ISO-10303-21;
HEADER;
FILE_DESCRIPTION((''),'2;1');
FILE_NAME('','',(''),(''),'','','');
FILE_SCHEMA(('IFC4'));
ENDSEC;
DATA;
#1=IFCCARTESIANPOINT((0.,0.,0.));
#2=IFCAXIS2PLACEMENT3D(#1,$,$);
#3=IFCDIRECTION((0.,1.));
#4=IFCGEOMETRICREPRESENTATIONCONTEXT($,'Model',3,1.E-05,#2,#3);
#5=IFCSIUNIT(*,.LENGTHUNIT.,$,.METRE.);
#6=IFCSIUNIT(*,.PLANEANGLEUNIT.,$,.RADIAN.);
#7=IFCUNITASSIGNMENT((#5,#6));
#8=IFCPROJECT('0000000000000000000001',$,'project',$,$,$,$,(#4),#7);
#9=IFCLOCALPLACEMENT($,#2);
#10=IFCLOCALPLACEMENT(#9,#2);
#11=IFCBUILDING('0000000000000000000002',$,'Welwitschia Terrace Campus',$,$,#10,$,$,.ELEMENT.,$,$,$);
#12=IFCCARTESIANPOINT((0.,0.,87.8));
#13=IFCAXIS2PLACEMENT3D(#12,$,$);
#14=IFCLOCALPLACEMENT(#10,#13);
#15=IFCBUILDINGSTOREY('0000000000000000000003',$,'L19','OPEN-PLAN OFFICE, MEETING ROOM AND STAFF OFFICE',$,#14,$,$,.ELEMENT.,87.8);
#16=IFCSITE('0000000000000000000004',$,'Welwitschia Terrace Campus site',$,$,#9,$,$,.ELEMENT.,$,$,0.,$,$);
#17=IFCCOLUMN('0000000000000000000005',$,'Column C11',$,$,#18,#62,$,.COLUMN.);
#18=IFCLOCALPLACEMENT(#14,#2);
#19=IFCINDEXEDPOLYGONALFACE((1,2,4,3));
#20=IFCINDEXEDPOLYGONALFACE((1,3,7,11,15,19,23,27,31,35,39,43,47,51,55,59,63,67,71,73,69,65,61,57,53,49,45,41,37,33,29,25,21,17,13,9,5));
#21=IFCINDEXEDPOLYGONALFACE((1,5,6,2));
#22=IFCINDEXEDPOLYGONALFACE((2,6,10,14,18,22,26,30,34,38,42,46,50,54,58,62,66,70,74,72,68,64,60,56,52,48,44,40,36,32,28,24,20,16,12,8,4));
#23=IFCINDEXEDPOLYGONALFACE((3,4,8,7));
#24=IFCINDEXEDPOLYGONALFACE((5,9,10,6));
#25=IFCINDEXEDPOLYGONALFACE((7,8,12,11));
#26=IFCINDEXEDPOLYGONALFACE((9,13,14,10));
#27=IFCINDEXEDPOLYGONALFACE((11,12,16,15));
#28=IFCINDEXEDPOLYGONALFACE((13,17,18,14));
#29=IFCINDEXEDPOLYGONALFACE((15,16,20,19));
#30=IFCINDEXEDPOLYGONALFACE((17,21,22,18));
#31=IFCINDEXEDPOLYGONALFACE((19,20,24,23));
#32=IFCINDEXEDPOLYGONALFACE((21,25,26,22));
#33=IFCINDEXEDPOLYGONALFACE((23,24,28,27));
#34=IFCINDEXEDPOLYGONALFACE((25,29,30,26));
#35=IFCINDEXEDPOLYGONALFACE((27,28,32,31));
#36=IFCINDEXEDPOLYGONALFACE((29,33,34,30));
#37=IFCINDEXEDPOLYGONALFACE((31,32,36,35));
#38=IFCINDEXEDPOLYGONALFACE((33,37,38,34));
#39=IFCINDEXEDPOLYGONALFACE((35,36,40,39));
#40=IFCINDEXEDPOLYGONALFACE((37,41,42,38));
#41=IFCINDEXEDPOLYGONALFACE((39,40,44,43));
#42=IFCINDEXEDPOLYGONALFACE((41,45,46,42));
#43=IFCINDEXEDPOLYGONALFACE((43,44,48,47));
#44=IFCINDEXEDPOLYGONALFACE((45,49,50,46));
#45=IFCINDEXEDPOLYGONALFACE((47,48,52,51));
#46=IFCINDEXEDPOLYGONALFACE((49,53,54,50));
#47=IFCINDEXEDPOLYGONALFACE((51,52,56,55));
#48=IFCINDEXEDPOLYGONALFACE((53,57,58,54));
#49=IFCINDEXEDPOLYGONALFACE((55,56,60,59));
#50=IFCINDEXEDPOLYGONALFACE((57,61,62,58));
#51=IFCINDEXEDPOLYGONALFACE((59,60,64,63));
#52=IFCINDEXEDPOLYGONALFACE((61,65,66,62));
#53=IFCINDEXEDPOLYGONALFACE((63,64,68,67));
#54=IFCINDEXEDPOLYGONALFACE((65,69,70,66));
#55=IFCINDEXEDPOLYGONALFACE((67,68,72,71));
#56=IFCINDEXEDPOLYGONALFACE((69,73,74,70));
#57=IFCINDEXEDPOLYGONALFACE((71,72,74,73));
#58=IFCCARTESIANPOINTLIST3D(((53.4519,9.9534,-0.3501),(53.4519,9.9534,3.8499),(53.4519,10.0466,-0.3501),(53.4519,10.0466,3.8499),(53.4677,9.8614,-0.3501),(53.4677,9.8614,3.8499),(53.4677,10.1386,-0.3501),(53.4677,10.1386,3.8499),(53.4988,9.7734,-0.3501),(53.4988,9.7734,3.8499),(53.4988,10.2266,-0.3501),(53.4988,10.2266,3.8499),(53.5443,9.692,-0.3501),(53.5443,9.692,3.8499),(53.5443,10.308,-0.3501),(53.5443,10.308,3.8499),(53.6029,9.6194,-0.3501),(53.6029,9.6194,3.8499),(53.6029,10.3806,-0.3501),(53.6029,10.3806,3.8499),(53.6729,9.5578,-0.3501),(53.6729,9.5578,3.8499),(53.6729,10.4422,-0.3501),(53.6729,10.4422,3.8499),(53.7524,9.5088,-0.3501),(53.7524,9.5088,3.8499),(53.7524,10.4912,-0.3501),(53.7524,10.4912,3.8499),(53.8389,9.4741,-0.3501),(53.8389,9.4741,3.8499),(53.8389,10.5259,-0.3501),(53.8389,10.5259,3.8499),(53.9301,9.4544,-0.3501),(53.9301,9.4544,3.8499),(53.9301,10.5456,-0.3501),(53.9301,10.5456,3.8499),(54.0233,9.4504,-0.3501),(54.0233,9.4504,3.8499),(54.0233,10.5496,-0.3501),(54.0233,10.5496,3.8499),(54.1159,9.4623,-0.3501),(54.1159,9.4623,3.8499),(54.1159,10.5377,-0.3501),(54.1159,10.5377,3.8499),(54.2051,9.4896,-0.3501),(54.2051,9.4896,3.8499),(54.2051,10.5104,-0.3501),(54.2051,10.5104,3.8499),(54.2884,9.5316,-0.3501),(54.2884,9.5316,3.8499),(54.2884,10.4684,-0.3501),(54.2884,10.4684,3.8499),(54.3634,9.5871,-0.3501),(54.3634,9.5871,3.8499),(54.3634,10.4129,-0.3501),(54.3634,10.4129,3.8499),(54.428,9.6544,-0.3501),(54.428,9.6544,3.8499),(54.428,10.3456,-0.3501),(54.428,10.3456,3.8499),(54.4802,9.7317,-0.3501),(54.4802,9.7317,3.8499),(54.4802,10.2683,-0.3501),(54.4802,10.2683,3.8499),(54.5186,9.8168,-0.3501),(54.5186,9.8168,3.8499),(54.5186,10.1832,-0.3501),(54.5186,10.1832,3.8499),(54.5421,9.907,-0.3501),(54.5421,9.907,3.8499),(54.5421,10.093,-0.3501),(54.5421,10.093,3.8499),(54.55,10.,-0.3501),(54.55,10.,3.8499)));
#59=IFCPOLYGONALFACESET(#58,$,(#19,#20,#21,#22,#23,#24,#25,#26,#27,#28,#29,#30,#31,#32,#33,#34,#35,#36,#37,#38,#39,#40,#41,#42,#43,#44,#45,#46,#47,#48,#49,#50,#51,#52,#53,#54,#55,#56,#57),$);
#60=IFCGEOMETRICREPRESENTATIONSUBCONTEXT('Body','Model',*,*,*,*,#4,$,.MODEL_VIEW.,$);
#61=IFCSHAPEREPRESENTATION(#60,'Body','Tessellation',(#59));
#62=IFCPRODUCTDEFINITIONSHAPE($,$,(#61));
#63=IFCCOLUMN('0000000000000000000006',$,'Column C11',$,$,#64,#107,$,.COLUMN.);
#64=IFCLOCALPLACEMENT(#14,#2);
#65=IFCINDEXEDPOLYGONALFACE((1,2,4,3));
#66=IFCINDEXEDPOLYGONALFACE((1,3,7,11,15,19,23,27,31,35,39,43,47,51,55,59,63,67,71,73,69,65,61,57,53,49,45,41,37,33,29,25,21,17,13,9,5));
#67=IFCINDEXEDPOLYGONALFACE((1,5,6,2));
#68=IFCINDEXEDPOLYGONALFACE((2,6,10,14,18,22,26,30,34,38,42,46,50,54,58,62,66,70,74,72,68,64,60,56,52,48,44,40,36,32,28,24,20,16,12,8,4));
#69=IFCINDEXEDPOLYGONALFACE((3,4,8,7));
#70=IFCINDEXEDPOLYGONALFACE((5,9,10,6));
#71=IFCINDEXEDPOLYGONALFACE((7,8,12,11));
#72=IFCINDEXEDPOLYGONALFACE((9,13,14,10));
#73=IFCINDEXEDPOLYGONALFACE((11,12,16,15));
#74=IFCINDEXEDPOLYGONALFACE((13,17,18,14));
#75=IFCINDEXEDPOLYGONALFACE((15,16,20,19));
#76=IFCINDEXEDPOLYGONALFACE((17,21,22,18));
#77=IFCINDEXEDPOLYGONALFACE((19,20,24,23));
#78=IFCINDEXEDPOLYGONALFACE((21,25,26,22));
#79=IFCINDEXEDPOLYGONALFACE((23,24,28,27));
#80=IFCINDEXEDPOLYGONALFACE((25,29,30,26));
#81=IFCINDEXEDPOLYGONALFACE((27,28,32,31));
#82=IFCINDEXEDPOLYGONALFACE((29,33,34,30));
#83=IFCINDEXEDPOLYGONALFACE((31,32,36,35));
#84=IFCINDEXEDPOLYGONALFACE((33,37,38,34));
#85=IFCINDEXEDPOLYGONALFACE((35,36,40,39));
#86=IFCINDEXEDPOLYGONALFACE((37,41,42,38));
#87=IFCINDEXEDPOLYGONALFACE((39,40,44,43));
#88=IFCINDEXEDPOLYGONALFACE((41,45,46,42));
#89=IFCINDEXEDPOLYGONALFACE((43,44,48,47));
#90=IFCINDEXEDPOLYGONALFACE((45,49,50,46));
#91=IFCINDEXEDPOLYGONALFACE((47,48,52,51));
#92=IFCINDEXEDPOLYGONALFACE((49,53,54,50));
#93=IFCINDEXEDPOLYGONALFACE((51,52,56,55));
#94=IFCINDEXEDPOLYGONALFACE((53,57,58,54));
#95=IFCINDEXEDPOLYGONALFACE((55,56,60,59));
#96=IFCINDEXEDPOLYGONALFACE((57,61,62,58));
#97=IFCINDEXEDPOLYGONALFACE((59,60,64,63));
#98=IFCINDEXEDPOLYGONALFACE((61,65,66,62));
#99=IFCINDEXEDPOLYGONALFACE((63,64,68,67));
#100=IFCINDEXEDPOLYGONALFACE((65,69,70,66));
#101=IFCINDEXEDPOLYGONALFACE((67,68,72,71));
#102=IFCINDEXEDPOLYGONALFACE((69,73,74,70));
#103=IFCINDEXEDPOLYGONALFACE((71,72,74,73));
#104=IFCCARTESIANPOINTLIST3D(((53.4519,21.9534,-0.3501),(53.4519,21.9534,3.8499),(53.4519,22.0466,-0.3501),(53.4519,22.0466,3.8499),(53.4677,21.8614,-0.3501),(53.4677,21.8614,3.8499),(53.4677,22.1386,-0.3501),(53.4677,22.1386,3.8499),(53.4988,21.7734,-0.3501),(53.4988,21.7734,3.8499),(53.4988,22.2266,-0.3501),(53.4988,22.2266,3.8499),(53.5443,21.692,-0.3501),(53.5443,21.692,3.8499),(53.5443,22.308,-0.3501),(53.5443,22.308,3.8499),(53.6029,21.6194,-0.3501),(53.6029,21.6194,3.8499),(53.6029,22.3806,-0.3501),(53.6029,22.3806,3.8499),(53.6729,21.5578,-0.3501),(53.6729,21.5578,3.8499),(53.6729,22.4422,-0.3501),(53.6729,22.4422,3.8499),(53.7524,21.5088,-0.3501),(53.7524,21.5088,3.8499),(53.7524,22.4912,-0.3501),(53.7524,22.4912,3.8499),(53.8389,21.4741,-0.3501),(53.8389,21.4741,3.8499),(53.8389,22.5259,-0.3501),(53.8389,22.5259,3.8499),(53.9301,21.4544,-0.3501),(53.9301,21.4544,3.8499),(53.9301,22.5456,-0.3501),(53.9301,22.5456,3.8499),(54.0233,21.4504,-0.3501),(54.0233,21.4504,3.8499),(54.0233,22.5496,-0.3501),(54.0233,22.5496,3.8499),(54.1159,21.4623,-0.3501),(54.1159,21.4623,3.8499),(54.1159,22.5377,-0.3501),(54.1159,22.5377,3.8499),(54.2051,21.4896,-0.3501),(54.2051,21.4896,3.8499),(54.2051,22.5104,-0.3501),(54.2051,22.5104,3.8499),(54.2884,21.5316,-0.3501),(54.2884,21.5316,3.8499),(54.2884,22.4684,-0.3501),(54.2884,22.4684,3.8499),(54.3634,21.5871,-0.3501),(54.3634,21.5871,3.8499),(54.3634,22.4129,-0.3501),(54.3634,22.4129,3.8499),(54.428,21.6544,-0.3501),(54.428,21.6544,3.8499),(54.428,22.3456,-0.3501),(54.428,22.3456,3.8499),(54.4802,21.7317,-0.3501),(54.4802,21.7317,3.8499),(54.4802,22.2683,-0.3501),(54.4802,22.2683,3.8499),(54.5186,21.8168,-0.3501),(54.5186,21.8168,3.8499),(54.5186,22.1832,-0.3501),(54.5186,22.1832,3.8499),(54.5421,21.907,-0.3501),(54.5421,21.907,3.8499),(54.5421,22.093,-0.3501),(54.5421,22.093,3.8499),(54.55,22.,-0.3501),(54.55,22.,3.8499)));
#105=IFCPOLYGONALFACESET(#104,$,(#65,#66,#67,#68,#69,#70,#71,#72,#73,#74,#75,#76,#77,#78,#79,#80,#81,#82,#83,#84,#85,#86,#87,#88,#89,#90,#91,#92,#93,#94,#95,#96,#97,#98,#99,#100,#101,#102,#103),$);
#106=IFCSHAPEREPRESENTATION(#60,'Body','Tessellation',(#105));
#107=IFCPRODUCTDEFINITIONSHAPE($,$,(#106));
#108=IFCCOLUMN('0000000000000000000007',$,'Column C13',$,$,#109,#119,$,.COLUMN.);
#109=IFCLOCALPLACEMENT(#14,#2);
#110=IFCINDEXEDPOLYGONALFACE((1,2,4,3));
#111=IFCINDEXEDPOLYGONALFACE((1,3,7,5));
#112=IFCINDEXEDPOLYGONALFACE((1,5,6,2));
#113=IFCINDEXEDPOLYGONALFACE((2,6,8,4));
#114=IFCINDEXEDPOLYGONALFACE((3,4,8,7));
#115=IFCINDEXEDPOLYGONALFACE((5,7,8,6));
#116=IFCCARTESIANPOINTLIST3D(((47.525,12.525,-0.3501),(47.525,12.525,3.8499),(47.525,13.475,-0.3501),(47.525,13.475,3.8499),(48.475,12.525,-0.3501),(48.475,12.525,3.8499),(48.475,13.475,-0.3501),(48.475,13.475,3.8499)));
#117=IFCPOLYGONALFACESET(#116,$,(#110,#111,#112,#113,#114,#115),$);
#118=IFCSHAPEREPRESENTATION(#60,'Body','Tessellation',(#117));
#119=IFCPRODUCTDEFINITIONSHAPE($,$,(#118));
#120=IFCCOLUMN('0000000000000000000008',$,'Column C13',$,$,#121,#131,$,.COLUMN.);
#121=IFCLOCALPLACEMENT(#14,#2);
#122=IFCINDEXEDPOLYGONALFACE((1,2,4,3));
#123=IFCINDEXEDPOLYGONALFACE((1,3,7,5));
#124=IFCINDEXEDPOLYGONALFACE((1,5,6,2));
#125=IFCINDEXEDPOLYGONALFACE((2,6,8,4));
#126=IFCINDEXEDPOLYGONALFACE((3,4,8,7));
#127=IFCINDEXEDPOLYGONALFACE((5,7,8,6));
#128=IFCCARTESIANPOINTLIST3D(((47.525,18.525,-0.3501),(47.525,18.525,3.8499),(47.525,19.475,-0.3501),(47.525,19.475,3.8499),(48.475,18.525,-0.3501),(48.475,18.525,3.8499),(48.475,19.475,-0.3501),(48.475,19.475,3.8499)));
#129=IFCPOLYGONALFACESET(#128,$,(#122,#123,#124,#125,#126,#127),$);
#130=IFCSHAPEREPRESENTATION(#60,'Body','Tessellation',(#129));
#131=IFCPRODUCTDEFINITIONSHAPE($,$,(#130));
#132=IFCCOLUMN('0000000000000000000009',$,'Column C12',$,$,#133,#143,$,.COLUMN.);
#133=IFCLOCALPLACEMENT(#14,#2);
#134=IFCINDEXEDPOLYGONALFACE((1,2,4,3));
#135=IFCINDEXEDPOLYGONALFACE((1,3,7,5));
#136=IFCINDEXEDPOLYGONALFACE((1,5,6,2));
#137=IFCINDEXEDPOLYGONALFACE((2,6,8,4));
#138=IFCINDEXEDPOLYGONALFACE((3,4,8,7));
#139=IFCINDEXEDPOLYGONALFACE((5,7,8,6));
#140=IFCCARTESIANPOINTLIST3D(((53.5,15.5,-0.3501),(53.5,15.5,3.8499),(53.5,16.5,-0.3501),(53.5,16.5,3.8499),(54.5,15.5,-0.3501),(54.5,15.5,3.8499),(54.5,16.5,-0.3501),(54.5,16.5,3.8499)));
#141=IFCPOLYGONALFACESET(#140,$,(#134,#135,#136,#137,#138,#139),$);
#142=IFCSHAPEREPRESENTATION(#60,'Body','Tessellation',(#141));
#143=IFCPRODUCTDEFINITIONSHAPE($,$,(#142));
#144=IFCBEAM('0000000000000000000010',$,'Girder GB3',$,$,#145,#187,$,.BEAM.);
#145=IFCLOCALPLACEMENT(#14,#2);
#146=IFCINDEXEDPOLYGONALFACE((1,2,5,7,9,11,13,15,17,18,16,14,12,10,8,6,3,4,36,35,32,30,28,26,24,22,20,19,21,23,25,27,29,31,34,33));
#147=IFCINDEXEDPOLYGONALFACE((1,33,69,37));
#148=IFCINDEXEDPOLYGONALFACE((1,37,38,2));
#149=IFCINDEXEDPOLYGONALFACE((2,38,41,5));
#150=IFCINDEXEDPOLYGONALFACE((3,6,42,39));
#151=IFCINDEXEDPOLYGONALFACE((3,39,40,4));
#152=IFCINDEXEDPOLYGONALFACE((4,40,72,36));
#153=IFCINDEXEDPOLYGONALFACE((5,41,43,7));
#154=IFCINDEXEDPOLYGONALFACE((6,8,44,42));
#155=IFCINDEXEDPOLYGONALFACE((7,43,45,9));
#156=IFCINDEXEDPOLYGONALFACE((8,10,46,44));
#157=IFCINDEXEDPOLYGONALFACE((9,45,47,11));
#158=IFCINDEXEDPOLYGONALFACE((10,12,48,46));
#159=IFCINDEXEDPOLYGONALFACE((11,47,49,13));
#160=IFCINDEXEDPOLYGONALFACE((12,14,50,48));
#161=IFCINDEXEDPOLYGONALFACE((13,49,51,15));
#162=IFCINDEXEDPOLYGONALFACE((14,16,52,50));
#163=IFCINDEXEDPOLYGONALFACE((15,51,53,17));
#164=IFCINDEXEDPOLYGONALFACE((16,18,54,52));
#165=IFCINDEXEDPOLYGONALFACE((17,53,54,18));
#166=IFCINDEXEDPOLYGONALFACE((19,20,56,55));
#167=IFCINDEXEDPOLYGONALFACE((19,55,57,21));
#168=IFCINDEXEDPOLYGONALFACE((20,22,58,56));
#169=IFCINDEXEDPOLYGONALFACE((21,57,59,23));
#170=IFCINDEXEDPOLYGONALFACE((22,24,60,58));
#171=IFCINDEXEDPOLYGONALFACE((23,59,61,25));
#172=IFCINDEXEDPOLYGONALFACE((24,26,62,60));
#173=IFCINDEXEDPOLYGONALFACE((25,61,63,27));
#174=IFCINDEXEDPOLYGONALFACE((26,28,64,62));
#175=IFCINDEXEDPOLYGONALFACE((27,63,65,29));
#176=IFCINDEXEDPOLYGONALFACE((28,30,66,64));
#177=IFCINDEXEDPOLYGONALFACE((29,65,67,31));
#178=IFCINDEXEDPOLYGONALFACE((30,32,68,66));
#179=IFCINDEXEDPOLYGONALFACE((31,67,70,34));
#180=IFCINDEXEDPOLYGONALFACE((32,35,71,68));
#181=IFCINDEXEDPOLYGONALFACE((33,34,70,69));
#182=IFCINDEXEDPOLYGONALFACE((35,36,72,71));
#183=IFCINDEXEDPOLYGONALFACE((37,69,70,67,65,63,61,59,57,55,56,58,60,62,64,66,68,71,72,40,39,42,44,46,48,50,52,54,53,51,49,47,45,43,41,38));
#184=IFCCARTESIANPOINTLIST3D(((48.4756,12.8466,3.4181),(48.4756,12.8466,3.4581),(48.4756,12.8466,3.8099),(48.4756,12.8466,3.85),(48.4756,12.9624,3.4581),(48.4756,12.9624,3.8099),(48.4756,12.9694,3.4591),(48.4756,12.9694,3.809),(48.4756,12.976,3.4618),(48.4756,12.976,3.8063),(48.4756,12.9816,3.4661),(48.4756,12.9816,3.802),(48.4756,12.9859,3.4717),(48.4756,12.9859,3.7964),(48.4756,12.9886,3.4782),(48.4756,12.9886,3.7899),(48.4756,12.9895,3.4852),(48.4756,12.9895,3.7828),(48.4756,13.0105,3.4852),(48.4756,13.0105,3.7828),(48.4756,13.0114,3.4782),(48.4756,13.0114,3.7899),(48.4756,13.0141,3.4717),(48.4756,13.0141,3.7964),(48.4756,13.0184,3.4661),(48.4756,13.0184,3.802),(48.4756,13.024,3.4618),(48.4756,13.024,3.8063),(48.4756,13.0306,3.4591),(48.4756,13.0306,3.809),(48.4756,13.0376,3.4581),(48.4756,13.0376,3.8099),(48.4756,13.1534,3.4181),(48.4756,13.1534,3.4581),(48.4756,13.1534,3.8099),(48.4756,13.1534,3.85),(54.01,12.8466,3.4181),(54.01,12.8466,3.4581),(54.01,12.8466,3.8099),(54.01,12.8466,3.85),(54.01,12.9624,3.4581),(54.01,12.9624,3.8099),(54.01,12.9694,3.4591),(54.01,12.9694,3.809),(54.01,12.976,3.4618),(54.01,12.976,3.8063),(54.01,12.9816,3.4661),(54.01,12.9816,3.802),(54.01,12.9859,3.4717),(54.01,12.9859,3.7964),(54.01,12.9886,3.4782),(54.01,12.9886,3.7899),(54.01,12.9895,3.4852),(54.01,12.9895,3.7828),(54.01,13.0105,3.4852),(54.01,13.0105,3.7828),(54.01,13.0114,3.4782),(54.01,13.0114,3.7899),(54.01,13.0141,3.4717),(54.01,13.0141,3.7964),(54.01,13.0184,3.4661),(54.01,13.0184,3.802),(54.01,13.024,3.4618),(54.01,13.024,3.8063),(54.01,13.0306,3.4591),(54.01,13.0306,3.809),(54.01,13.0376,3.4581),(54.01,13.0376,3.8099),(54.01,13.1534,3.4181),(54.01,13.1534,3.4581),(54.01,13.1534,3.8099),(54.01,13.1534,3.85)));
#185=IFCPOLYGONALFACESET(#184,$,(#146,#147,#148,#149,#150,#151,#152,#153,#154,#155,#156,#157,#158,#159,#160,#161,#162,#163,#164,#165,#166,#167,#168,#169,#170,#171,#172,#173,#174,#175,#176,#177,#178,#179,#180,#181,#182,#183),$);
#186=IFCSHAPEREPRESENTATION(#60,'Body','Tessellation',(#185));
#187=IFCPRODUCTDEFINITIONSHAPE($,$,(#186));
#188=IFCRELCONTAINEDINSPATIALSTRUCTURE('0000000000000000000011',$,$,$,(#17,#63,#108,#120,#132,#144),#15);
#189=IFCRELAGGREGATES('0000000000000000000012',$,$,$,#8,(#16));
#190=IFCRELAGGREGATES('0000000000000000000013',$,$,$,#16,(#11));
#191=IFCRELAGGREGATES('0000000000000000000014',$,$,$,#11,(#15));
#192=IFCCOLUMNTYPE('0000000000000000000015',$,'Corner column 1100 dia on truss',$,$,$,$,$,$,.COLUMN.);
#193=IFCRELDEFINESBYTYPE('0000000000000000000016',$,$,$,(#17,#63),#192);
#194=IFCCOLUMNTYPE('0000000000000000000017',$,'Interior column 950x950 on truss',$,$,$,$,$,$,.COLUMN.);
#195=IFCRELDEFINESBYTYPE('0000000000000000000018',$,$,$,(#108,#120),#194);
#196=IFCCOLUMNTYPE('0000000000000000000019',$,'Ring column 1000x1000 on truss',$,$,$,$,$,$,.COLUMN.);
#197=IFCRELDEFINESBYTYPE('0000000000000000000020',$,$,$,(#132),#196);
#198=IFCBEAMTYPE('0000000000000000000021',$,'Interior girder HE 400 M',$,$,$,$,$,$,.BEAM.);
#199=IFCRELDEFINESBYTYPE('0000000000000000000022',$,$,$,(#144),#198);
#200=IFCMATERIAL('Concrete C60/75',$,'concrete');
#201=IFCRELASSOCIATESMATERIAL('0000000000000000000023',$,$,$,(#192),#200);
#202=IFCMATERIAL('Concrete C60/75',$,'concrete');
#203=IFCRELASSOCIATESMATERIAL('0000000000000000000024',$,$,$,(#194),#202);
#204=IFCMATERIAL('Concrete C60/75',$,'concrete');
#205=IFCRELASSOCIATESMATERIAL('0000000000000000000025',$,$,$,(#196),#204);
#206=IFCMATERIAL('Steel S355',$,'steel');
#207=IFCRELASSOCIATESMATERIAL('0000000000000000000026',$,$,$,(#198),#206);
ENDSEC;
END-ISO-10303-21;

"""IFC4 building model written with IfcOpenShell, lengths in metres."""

from ifc_helpers import new_model, si_unit, direction, frame, origin, origin_2d, place, context, subcontext, project, spatial, rectangle, circle, i_section, extrude, material, material_profile, profile_set, type_object, element, save


model = new_model("IFC4")

# Units and contexts
model_context = context("Model", 3, precision=1e-05, world=origin(), true_north=direction((0.0, 1.0)))
body_context = subcontext(model_context, "Body", "Model", "MODEL_VIEW")
ifc_project = project(units=[si_unit("LENGTHUNIT", "METRE"), si_unit("PLANEANGLEUNIT", "RADIAN")], contexts=[model_context])

# Site, building, storey
site_placement = place(None, origin())
site = spatial("IfcSite", under=ifc_project, at=site_placement, Name="Welwitschia Terrace Campus site", CompositionType="ELEMENT", RefElevation=0.0)
building_placement = place(site_placement, origin())
building = spatial("IfcBuilding", under=site, at=building_placement, Name="Welwitschia Terrace Campus", CompositionType="ELEMENT")
storey_placement = place(building_placement, frame((0.0, 0.0, 87.8)))
storey = spatial("IfcBuildingStorey", under=building, at=storey_placement, Name="L19", Description="OPEN-PLAN OFFICE, MEETING ROOM AND STAFF OFFICE", CompositionType="ELEMENT", Elevation=87.8)

# Columns
ifc_material_1 = material(Name="Concrete C60/75", Category="concrete")
ifc_material_profile_1 = material_profile(ifc_material_1, circle(Radius=0.55, at=origin_2d()))
ifc_profile_set_1 = profile_set([ifc_material_profile_1], Name="Concrete C60/75")
column_type_1 = type_object("IfcColumnType", Name="Corner column 1100 dia on truss", PredefinedType="COLUMN", material=ifc_profile_set_1)
for number, where, z_axis, x_axis, name in (
    (1, (54.0, 10.0, -0.3501), (0.0, 0.0, 1.0), (1.0, 0.0, 0.0), "Column C11"),
    (2, (54.0, 22.0, -0.3501), (0.0, 0.0, 1.0), (1.0, 0.0, 0.0), "Column C11"),
):
    element("IfcColumn", number, at=place(storey_placement, frame(where, z_axis=z_axis, x_axis=x_axis)), inside=storey, type_object=column_type_1, Name=name, PredefinedType="COLUMN", context=body_context, shape_type="SweptSolid", body=[
        extrude(circle(Radius=0.55, at=origin_2d()), origin(), (0.0, 0.0, 1.0), 4.2),
    ])
ifc_material_2 = material(Name="Concrete C60/75", Category="concrete")
ifc_material_profile_2 = material_profile(ifc_material_2, rectangle(XDim=0.95, YDim=0.95, at=origin_2d()))
ifc_profile_set_2 = profile_set([ifc_material_profile_2], Name="Concrete C60/75")
column_type_2 = type_object("IfcColumnType", Name="Interior column 950x950 on truss", PredefinedType="COLUMN", material=ifc_profile_set_2)
for number, where, z_axis, x_axis, name in (
    (3, (48.0, 13.0, -0.3501), (0.0, 0.0, 1.0), (1.0, 0.0, 0.0), "Column C13"),
    (4, (48.0, 19.0, -0.3501), (0.0, 0.0, 1.0), (1.0, 0.0, 0.0), "Column C13"),
):
    element("IfcColumn", number, at=place(storey_placement, frame(where, z_axis=z_axis, x_axis=x_axis)), inside=storey, type_object=column_type_2, Name=name, PredefinedType="COLUMN", context=body_context, shape_type="SweptSolid", body=[
        extrude(rectangle(XDim=0.95, YDim=0.95, at=origin_2d()), origin(), (0.0, 0.0, 1.0), 4.2),
    ])
ifc_material_3 = material(Name="Concrete C60/75", Category="concrete")
ifc_material_profile_3 = material_profile(ifc_material_3, rectangle(XDim=1.0, YDim=1.0, at=origin_2d()))
ifc_profile_set_3 = profile_set([ifc_material_profile_3], Name="Concrete C60/75")
column_type_3 = type_object("IfcColumnType", Name="Ring column 1000x1000 on truss", PredefinedType="COLUMN", material=ifc_profile_set_3)
column_placement = place(storey_placement, frame((54.0, 16.0, -0.3501), z_axis=(0.0, 0.0, 1.0), x_axis=(1.0, 0.0, 0.0)))
element("IfcColumn", 5, at=column_placement, inside=storey, type_object=column_type_3, Name="Column C12", PredefinedType="COLUMN", context=body_context, shape_type="SweptSolid", body=[
    extrude(rectangle(XDim=1.0, YDim=1.0, at=origin_2d()), origin(), (0.0, 0.0, 1.0), 4.2),
])

# Beam
ifc_material_4 = material(Name="Steel S355", Category="steel")
ifc_material_profile_4 = material_profile(ifc_material_4, i_section(OverallWidth=0.3069, OverallDepth=0.4319, WebThickness=0.021, FlangeThickness=0.04, FilletRadius=0.0271, at=origin_2d()))
ifc_profile_set_4 = profile_set([ifc_material_profile_4], Name="Steel S355")
beam_type_1 = type_object("IfcBeamType", Name="Interior girder HE 400 M", PredefinedType="BEAM", material=ifc_profile_set_4)
for number, where, z_axis, x_axis, name in (
    (6, (48.4756, 13.0, 3.634), (1.0, 0.0, 0.0), (0.0, 1.0, 0.0), "Girder GB3"),
):
    element("IfcBeam", number, at=place(storey_placement, frame(where, z_axis=z_axis, x_axis=x_axis)), inside=storey, type_object=beam_type_1, Name=name, PredefinedType="BEAM", context=body_context, shape_type="SweptSolid", body=[
        extrude(i_section(OverallWidth=0.3069, OverallDepth=0.4319, WebThickness=0.021, FlangeThickness=0.04, FilletRadius=0.0271, at=origin_2d()), origin(), (0.0, 0.0, 1.0), 5.5344),
    ])

save(model, "model.ifc")
